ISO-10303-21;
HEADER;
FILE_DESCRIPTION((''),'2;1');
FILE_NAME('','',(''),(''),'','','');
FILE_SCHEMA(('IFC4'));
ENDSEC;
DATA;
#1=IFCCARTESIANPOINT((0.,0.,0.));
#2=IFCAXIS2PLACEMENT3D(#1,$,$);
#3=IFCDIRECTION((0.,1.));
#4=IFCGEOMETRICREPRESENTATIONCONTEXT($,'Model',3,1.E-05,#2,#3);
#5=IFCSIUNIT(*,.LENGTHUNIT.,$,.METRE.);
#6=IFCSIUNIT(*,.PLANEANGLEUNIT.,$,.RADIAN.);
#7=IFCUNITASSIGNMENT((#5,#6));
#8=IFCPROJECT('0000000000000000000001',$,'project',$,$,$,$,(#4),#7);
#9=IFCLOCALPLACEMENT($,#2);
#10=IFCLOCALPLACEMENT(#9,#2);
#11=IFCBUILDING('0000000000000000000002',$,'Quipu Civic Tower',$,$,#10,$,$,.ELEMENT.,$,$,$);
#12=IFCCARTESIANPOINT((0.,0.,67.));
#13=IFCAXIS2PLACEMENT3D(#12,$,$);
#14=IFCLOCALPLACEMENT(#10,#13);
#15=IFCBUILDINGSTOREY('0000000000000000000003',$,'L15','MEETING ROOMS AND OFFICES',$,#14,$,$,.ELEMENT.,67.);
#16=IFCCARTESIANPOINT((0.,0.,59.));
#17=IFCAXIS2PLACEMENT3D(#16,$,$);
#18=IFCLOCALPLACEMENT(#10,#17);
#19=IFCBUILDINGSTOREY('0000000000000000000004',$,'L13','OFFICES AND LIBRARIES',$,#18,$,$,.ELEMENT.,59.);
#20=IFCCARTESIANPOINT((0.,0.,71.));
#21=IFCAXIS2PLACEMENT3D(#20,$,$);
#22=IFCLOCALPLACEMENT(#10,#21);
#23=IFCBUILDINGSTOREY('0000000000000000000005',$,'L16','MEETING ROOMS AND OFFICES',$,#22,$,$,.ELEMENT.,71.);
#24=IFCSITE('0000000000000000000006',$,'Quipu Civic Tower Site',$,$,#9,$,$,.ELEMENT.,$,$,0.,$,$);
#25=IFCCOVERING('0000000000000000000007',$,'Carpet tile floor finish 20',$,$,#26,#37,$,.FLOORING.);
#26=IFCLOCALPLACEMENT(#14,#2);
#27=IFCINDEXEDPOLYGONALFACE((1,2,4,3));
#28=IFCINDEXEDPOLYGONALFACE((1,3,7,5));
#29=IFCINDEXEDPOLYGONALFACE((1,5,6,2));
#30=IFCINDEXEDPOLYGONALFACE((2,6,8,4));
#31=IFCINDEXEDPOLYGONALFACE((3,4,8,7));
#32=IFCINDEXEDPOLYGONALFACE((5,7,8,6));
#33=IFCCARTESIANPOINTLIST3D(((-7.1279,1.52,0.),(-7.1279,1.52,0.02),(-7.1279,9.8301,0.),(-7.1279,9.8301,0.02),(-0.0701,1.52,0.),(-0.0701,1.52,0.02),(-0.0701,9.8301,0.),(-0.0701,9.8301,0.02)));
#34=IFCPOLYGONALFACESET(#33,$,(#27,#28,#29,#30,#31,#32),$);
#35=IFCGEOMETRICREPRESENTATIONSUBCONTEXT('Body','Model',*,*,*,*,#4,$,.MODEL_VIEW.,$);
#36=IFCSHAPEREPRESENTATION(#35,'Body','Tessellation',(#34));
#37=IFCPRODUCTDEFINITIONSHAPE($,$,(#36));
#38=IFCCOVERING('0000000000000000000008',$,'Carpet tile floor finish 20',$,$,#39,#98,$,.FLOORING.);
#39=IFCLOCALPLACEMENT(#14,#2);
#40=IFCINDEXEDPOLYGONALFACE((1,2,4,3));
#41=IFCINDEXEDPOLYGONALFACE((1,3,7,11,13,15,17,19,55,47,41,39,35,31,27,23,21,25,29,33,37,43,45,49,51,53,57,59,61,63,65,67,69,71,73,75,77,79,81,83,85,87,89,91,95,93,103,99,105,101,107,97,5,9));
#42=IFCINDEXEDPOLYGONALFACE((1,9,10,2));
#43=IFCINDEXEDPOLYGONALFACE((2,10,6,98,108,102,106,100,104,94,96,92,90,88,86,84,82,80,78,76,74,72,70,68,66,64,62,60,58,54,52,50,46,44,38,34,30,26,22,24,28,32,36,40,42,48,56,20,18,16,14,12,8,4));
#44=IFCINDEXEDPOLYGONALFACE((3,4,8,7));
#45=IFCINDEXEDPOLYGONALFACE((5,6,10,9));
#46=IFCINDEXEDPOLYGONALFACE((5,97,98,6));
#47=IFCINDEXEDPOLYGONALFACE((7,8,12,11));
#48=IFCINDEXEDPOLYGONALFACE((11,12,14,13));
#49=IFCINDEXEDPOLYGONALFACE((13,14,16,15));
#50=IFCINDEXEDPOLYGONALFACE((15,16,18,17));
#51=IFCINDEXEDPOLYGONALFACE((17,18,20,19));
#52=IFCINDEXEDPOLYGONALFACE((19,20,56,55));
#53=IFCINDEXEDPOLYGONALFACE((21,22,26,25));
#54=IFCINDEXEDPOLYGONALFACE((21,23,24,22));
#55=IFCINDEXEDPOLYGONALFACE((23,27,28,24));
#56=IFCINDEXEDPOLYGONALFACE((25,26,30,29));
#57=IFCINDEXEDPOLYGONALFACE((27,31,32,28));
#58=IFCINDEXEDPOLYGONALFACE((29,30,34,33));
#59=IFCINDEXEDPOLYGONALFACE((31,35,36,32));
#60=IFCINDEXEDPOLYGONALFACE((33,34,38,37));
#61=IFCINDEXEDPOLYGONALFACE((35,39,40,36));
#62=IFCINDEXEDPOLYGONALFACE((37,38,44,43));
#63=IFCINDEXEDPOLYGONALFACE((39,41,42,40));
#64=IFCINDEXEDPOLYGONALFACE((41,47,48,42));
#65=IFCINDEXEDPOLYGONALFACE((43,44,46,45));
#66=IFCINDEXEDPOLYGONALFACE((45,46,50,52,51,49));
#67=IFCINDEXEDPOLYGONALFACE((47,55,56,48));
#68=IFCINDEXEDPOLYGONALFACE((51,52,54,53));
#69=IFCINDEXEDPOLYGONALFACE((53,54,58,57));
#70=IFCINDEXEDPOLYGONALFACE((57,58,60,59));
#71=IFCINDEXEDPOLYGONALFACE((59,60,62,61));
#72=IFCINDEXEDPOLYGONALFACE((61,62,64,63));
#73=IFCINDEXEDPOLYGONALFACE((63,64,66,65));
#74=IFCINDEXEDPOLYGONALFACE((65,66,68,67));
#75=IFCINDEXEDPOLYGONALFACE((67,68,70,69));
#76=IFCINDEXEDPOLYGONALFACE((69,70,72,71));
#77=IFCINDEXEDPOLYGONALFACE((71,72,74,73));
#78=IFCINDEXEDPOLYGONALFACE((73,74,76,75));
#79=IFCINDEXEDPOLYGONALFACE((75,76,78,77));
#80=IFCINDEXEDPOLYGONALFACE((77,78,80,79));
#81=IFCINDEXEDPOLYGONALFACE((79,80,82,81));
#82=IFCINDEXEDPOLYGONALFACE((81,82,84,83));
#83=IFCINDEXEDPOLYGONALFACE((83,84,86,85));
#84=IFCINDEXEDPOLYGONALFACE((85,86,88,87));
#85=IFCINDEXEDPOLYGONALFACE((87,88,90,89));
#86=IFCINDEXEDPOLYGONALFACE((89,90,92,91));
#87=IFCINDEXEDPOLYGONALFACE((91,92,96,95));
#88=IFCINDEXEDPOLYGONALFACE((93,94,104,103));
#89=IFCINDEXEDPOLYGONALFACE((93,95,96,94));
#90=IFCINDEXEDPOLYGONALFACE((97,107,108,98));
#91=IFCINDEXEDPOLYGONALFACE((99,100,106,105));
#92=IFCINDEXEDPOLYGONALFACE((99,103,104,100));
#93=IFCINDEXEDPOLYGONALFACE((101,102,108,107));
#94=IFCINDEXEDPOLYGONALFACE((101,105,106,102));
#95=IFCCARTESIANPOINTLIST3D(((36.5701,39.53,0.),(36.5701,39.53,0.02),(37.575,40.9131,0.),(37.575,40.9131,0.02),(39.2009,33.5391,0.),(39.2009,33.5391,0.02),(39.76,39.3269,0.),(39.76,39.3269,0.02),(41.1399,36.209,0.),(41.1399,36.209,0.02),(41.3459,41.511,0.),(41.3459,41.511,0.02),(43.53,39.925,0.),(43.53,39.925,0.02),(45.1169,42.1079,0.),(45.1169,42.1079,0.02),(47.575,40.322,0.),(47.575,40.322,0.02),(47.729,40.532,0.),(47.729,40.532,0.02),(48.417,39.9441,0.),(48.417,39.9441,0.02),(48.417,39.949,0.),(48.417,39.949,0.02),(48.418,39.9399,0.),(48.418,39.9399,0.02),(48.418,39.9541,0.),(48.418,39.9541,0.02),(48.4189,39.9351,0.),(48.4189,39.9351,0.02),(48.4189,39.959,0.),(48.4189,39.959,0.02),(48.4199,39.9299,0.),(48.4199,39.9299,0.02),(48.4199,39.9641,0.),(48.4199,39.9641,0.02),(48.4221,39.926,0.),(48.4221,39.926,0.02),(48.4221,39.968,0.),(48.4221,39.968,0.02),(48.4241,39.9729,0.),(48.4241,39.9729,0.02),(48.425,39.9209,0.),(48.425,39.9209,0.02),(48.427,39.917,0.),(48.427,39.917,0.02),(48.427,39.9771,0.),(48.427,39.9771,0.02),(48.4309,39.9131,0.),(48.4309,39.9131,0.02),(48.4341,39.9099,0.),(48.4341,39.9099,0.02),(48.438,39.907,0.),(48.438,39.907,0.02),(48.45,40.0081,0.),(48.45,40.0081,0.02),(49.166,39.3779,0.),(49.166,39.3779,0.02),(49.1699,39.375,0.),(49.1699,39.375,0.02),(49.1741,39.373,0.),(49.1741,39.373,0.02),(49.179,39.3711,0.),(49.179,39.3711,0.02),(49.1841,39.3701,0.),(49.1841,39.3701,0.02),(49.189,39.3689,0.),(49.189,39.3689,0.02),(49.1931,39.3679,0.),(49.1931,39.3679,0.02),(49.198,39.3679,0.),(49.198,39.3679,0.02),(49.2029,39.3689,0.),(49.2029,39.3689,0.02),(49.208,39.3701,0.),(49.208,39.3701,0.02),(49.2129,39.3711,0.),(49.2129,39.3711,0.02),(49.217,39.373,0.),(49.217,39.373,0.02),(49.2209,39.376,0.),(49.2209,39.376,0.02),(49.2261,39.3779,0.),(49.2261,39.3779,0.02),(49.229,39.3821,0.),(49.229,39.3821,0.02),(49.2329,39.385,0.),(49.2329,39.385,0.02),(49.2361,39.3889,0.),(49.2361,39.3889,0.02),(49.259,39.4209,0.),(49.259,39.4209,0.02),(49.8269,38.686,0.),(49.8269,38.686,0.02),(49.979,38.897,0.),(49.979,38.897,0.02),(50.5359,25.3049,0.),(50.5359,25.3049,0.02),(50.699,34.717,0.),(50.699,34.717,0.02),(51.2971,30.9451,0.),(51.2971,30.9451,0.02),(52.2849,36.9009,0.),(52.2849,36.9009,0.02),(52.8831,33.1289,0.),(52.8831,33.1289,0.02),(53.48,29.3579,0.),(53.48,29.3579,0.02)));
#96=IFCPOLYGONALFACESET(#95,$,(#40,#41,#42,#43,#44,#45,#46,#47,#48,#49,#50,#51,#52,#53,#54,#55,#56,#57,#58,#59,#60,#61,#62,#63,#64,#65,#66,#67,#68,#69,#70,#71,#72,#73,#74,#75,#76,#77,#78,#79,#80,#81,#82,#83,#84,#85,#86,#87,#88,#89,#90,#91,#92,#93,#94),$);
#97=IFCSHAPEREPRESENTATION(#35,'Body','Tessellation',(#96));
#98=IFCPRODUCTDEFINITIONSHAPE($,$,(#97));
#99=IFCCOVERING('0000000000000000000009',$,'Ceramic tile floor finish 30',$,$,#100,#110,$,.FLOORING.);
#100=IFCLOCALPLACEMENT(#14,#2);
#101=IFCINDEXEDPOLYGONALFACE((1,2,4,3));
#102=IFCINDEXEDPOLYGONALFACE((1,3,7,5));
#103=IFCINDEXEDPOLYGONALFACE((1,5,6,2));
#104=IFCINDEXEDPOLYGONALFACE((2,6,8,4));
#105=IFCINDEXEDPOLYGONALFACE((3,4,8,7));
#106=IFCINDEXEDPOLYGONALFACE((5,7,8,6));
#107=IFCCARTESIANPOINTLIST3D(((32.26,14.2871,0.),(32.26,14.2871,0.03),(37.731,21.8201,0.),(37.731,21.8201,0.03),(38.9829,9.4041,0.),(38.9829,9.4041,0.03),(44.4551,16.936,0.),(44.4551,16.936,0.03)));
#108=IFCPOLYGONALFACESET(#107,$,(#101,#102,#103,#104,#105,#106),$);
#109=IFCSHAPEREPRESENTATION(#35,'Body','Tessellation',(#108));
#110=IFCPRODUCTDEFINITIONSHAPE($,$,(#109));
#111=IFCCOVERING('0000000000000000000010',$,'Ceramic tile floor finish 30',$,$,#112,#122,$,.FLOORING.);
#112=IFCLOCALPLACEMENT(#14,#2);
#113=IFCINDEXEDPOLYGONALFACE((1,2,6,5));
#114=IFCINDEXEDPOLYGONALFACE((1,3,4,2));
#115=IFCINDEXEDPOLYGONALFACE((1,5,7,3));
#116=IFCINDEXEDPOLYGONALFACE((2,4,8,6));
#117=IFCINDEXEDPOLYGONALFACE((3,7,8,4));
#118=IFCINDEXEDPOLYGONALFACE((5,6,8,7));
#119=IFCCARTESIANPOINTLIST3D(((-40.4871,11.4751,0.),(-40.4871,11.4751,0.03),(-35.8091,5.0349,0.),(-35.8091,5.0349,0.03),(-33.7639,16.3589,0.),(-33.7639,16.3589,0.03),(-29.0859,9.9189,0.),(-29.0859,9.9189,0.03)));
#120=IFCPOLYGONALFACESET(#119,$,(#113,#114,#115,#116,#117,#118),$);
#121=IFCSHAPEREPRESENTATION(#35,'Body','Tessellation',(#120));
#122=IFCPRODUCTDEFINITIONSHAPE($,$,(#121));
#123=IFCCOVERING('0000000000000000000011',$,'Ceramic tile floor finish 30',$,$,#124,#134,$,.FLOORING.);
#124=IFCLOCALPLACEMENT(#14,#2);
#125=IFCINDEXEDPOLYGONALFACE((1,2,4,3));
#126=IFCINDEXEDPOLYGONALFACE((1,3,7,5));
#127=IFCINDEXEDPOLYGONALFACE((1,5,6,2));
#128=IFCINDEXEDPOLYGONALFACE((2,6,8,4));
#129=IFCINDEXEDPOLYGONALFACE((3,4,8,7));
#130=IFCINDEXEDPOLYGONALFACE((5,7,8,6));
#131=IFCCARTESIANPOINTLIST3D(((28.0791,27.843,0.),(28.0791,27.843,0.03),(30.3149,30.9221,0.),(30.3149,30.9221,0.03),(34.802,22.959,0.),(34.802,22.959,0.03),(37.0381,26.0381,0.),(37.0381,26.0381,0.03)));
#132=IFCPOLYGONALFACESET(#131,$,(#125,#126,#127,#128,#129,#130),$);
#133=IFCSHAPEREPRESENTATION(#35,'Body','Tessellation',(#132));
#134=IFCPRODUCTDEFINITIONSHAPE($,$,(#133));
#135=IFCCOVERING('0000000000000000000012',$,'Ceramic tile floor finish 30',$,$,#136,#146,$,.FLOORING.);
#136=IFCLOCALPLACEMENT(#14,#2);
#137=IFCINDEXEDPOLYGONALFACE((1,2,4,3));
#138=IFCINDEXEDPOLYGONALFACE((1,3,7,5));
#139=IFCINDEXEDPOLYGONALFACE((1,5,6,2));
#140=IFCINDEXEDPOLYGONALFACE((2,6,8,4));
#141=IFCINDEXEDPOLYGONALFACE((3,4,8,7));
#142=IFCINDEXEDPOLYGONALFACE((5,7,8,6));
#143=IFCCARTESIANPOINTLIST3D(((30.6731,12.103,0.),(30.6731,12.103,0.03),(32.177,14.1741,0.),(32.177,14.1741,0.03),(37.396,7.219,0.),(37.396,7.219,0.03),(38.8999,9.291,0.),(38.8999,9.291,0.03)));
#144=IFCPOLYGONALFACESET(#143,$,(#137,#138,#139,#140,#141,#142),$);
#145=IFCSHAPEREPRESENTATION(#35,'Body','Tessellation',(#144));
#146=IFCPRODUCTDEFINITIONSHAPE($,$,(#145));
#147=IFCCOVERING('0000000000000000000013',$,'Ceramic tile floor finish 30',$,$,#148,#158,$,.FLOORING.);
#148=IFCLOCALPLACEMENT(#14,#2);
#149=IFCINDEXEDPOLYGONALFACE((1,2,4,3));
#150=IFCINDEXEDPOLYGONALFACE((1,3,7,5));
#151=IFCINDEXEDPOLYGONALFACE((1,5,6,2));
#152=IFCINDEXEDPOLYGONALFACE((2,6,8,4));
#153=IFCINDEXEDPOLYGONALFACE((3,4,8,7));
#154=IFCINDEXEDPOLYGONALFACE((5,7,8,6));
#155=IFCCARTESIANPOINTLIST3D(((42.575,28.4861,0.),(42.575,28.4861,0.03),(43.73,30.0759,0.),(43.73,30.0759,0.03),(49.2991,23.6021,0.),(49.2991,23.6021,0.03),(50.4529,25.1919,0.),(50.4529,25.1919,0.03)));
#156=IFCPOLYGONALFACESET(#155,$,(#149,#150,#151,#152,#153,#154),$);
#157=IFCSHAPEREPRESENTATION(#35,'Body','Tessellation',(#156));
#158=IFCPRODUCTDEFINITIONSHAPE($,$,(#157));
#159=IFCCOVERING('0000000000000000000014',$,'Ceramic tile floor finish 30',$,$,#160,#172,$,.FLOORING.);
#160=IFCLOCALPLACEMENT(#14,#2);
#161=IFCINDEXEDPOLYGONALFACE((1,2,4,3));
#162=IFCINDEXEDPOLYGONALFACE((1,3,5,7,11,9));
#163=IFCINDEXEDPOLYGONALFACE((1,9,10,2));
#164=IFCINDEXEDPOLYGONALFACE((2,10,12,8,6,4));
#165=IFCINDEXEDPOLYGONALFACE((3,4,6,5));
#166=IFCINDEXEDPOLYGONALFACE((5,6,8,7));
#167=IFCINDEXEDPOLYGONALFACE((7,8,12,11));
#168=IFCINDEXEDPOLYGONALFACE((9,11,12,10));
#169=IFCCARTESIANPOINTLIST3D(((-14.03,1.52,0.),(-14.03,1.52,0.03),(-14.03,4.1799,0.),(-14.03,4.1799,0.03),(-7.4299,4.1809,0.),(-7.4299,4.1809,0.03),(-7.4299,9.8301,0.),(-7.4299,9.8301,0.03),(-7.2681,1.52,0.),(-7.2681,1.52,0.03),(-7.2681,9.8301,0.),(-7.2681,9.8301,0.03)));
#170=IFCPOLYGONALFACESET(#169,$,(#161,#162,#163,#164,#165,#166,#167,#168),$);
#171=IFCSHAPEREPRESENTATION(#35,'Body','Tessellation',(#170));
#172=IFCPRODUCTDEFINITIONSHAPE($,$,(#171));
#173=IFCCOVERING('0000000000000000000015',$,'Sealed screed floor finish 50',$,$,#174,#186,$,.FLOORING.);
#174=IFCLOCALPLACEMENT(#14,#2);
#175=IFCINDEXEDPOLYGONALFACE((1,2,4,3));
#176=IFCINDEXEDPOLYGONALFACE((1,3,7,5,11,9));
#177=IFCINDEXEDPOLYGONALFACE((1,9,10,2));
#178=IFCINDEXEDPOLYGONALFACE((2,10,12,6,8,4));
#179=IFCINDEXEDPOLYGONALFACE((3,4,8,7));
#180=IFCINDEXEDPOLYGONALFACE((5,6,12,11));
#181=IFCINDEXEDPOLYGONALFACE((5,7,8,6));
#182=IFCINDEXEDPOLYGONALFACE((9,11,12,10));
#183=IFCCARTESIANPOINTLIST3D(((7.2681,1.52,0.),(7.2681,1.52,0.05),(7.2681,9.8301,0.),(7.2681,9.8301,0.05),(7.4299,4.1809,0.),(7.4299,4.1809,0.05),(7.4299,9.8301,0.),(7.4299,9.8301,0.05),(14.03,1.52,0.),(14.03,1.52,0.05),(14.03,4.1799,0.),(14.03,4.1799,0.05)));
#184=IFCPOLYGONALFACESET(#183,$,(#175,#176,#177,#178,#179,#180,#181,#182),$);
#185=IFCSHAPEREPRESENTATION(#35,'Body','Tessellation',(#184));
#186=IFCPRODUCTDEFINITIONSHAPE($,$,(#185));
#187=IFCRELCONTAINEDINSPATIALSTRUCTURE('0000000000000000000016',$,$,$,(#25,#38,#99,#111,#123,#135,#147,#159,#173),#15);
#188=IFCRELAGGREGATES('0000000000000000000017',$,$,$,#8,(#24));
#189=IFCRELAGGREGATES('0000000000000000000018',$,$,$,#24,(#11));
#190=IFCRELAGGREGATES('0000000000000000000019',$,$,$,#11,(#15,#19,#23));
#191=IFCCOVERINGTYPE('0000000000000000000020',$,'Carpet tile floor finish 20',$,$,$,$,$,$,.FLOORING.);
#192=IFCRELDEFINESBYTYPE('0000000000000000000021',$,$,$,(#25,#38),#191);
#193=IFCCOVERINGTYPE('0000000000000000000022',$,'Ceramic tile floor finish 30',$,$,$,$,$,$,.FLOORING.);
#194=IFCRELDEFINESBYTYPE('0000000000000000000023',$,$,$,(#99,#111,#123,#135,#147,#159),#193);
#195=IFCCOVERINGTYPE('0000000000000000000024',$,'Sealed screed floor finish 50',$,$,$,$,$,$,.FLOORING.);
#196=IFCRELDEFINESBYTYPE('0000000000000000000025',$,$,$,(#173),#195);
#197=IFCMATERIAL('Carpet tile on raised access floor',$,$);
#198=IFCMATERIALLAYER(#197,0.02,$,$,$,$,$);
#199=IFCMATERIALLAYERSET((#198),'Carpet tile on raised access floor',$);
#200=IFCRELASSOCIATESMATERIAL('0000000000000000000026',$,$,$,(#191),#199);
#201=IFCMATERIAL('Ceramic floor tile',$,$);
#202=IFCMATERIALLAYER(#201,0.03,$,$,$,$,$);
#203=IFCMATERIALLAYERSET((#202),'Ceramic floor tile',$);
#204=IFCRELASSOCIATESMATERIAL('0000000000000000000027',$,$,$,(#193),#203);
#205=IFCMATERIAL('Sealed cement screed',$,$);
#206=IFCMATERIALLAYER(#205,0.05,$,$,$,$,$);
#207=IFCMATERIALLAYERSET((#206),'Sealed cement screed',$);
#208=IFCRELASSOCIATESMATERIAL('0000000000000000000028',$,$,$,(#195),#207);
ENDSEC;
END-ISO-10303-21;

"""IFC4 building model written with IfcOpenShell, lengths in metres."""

from ifc_helpers import new_model, si_unit, direction, frame, origin, place, context, subcontext, project, spatial, polyline, outline, extrude, material, layer, layer_set, type_object, element, save


model = new_model("IFC4")

# Units and contexts
model_context = context("Model", 3, precision=1e-05, world=origin(), true_north=direction((0.0, 1.0)))
body_context = subcontext(model_context, "Body", "Model", "MODEL_VIEW")
ifc_project = project(units=[si_unit("LENGTHUNIT", "METRE"), si_unit("PLANEANGLEUNIT", "RADIAN")], contexts=[model_context])

# Site, building, storey
site_placement = place(None, origin())
site = spatial("IfcSite", under=ifc_project, at=site_placement, Name="Quipu Civic Tower Site", CompositionType="ELEMENT", RefElevation=0.0)
building_placement = place(site_placement, origin())
building = spatial("IfcBuilding", under=site, at=building_placement, Name="Quipu Civic Tower", CompositionType="ELEMENT")
storey_1_placement = place(building_placement, frame((0.0, 0.0, 67.0)))
storey_1 = spatial("IfcBuildingStorey", under=building, at=storey_1_placement, Name="L15", Description="MEETING ROOMS AND OFFICES", CompositionType="ELEMENT", Elevation=67.0)

# Shared definitions
storey_2_placement = place(building_placement, frame((0.0, 0.0, 59.0)))
storey_2 = spatial("IfcBuildingStorey", under=building, at=storey_2_placement, Name="L13", Description="OFFICES AND LIBRARIES", CompositionType="ELEMENT", Elevation=59.0)

# Shared definitions
storey_3_placement = place(building_placement, frame((0.0, 0.0, 71.0)))
storey_3 = spatial("IfcBuildingStorey", under=building, at=storey_3_placement, Name="L16", Description="MEETING ROOMS AND OFFICES", CompositionType="ELEMENT", Elevation=71.0)

# Coverings
ifc_material_1 = material(Name="Carpet tile on raised access floor")
ifc_layer_1 = layer(ifc_material_1, 0.02)
ifc_layer_set_1 = layer_set([ifc_layer_1], Name="Carpet tile on raised access floor")
covering_type_1 = type_object("IfcCoveringType", Name="Carpet tile floor finish 20", PredefinedType="FLOORING", material=ifc_layer_set_1)
covering_1_placement = place(storey_1_placement, origin())
element("IfcCovering", 1, at=covering_1_placement, inside=storey_1, type_object=covering_type_1, Name="Carpet tile floor finish 20", PredefinedType="FLOORING", context=body_context, shape_type="SweptSolid", body=[
    extrude(outline(polyline([(-7.1279, 9.8301), (-0.0701, 9.8301), (-0.0701, 1.52), (-7.1279, 1.52), (-7.1279, 9.8301)])), origin(), (0.0, 0.0, 1.0), 0.02),
])
covering_2_placement = place(storey_1_placement, origin())
element("IfcCovering", 2, at=covering_2_placement, inside=storey_1, type_object=covering_type_1, Name="Carpet tile floor finish 20", PredefinedType="FLOORING", context=body_context, shape_type="SweptSolid", body=[
    extrude(outline(polyline([(36.5701, 39.53), (37.575, 40.9131), (39.76, 39.3269), (41.3459, 41.511), (43.53, 39.925), (45.1169, 42.1079), (47.575, 40.322), (47.729, 40.532), (48.45, 40.0081), (48.427, 39.9771), (48.4241, 39.9729), (48.4221, 39.968), (48.4199, 39.9641), (48.4189, 39.959), (48.418, 39.9541), (48.417, 39.949), (48.417, 39.9441), (48.418, 39.9399), (48.4189, 39.9351), (48.4199, 39.9299), (48.4221, 39.926), (48.425, 39.9209), (48.427, 39.917), (48.4309, 39.9131), (48.4341, 39.9099), (48.438, 39.907), (49.166, 39.3779), (49.1699, 39.375), (49.1741, 39.373), (49.179, 39.3711), (49.1841, 39.3701), (49.189, 39.3689), (49.1931, 39.3679), (49.198, 39.3679), (49.2029, 39.3689), (49.208, 39.3701), (49.2129, 39.3711), (49.217, 39.373), (49.2209, 39.376), (49.2261, 39.3779), (49.229, 39.3821), (49.2329, 39.385), (49.2361, 39.3889), (49.259, 39.4209), (49.979, 38.897), (49.8269, 38.686), (52.2849, 36.9009), (50.699, 34.717), (52.8831, 33.1289), (51.2971, 30.9451), (53.48, 29.3579), (50.5359, 25.3049), (39.2009, 33.5391), (41.1399, 36.209), (36.5701, 39.53)])), origin(), (0.0, 0.0, 1.0), 0.02),
])
ifc_material_2 = material(Name="Ceramic floor tile")
ifc_layer_2 = layer(ifc_material_2, 0.03)
ifc_layer_set_2 = layer_set([ifc_layer_2], Name="Ceramic floor tile")
covering_type_2 = type_object("IfcCoveringType", Name="Ceramic tile floor finish 30", PredefinedType="FLOORING", material=ifc_layer_set_2)
covering_3_placement = place(storey_1_placement, origin())
element("IfcCovering", 3, at=covering_3_placement, inside=storey_1, type_object=covering_type_2, Name="Ceramic tile floor finish 30", PredefinedType="FLOORING", context=body_context, shape_type="SweptSolid", body=[
    extrude(outline(polyline([(32.26, 14.2871), (37.731, 21.8201), (44.4551, 16.936), (38.9829, 9.4041), (32.26, 14.2871)])), origin(), (0.0, 0.0, 1.0), 0.03),
])
covering_4_placement = place(storey_1_placement, origin())
element("IfcCovering", 4, at=covering_4_placement, inside=storey_1, type_object=covering_type_2, Name="Ceramic tile floor finish 30", PredefinedType="FLOORING", context=body_context, shape_type="SweptSolid", body=[
    extrude(outline(polyline([(-40.4871, 11.4751), (-33.7639, 16.3589), (-29.0859, 9.9189), (-35.8091, 5.0349), (-40.4871, 11.4751)])), origin(), (0.0, 0.0, 1.0), 0.03),
])
covering_5_placement = place(storey_1_placement, origin())
element("IfcCovering", 5, at=covering_5_placement, inside=storey_1, type_object=covering_type_2, Name="Ceramic tile floor finish 30", PredefinedType="FLOORING", context=body_context, shape_type="SweptSolid", body=[
    extrude(outline(polyline([(28.0791, 27.843), (30.3149, 30.9221), (37.0381, 26.0381), (34.802, 22.959), (28.0791, 27.843)])), origin(), (0.0, 0.0, 1.0), 0.03),
])
covering_6_placement = place(storey_1_placement, origin())
element("IfcCovering", 6, at=covering_6_placement, inside=storey_1, type_object=covering_type_2, Name="Ceramic tile floor finish 30", PredefinedType="FLOORING", context=body_context, shape_type="SweptSolid", body=[
    extrude(outline(polyline([(30.6731, 12.103), (32.177, 14.1741), (38.8999, 9.291), (37.396, 7.219), (30.6731, 12.103)])), origin(), (0.0, 0.0, 1.0), 0.03),
])
covering_7_placement = place(storey_1_placement, origin())
element("IfcCovering", 7, at=covering_7_placement, inside=storey_1, type_object=covering_type_2, Name="Ceramic tile floor finish 30", PredefinedType="FLOORING", context=body_context, shape_type="SweptSolid", body=[
    extrude(outline(polyline([(42.575, 28.4861), (43.73, 30.0759), (50.4529, 25.1919), (49.2991, 23.6021), (42.575, 28.4861)])), origin(), (0.0, 0.0, 1.0), 0.03),
])
covering_8_placement = place(storey_1_placement, origin())
element("IfcCovering", 8, at=covering_8_placement, inside=storey_1, type_object=covering_type_2, Name="Ceramic tile floor finish 30", PredefinedType="FLOORING", context=body_context, shape_type="SweptSolid", body=[
    extrude(outline(polyline([(-14.03, 1.52), (-14.03, 4.1799), (-7.4299, 4.1809), (-7.4299, 9.8301), (-7.2681, 9.8301), (-7.2681, 1.52), (-14.03, 1.52)])), origin(), (0.0, 0.0, 1.0), 0.03),
])
ifc_material_3 = material(Name="Sealed cement screed")
ifc_layer_3 = layer(ifc_material_3, 0.05)
ifc_layer_set_3 = layer_set([ifc_layer_3], Name="Sealed cement screed")
covering_type_3 = type_object("IfcCoveringType", Name="Sealed screed floor finish 50", PredefinedType="FLOORING", material=ifc_layer_set_3)
covering_9_placement = place(storey_1_placement, origin())
element("IfcCovering", 9, at=covering_9_placement, inside=storey_1, type_object=covering_type_3, Name="Sealed screed floor finish 50", PredefinedType="FLOORING", context=body_context, shape_type="SweptSolid", body=[
    extrude(outline(polyline([(7.2681, 1.52), (7.2681, 9.8301), (7.4299, 9.8301), (7.4299, 4.1809), (14.03, 4.1799), (14.03, 1.52), (7.2681, 1.52)])), origin(), (0.0, 0.0, 1.0), 0.05),
])

save(model, "model.ifc")
